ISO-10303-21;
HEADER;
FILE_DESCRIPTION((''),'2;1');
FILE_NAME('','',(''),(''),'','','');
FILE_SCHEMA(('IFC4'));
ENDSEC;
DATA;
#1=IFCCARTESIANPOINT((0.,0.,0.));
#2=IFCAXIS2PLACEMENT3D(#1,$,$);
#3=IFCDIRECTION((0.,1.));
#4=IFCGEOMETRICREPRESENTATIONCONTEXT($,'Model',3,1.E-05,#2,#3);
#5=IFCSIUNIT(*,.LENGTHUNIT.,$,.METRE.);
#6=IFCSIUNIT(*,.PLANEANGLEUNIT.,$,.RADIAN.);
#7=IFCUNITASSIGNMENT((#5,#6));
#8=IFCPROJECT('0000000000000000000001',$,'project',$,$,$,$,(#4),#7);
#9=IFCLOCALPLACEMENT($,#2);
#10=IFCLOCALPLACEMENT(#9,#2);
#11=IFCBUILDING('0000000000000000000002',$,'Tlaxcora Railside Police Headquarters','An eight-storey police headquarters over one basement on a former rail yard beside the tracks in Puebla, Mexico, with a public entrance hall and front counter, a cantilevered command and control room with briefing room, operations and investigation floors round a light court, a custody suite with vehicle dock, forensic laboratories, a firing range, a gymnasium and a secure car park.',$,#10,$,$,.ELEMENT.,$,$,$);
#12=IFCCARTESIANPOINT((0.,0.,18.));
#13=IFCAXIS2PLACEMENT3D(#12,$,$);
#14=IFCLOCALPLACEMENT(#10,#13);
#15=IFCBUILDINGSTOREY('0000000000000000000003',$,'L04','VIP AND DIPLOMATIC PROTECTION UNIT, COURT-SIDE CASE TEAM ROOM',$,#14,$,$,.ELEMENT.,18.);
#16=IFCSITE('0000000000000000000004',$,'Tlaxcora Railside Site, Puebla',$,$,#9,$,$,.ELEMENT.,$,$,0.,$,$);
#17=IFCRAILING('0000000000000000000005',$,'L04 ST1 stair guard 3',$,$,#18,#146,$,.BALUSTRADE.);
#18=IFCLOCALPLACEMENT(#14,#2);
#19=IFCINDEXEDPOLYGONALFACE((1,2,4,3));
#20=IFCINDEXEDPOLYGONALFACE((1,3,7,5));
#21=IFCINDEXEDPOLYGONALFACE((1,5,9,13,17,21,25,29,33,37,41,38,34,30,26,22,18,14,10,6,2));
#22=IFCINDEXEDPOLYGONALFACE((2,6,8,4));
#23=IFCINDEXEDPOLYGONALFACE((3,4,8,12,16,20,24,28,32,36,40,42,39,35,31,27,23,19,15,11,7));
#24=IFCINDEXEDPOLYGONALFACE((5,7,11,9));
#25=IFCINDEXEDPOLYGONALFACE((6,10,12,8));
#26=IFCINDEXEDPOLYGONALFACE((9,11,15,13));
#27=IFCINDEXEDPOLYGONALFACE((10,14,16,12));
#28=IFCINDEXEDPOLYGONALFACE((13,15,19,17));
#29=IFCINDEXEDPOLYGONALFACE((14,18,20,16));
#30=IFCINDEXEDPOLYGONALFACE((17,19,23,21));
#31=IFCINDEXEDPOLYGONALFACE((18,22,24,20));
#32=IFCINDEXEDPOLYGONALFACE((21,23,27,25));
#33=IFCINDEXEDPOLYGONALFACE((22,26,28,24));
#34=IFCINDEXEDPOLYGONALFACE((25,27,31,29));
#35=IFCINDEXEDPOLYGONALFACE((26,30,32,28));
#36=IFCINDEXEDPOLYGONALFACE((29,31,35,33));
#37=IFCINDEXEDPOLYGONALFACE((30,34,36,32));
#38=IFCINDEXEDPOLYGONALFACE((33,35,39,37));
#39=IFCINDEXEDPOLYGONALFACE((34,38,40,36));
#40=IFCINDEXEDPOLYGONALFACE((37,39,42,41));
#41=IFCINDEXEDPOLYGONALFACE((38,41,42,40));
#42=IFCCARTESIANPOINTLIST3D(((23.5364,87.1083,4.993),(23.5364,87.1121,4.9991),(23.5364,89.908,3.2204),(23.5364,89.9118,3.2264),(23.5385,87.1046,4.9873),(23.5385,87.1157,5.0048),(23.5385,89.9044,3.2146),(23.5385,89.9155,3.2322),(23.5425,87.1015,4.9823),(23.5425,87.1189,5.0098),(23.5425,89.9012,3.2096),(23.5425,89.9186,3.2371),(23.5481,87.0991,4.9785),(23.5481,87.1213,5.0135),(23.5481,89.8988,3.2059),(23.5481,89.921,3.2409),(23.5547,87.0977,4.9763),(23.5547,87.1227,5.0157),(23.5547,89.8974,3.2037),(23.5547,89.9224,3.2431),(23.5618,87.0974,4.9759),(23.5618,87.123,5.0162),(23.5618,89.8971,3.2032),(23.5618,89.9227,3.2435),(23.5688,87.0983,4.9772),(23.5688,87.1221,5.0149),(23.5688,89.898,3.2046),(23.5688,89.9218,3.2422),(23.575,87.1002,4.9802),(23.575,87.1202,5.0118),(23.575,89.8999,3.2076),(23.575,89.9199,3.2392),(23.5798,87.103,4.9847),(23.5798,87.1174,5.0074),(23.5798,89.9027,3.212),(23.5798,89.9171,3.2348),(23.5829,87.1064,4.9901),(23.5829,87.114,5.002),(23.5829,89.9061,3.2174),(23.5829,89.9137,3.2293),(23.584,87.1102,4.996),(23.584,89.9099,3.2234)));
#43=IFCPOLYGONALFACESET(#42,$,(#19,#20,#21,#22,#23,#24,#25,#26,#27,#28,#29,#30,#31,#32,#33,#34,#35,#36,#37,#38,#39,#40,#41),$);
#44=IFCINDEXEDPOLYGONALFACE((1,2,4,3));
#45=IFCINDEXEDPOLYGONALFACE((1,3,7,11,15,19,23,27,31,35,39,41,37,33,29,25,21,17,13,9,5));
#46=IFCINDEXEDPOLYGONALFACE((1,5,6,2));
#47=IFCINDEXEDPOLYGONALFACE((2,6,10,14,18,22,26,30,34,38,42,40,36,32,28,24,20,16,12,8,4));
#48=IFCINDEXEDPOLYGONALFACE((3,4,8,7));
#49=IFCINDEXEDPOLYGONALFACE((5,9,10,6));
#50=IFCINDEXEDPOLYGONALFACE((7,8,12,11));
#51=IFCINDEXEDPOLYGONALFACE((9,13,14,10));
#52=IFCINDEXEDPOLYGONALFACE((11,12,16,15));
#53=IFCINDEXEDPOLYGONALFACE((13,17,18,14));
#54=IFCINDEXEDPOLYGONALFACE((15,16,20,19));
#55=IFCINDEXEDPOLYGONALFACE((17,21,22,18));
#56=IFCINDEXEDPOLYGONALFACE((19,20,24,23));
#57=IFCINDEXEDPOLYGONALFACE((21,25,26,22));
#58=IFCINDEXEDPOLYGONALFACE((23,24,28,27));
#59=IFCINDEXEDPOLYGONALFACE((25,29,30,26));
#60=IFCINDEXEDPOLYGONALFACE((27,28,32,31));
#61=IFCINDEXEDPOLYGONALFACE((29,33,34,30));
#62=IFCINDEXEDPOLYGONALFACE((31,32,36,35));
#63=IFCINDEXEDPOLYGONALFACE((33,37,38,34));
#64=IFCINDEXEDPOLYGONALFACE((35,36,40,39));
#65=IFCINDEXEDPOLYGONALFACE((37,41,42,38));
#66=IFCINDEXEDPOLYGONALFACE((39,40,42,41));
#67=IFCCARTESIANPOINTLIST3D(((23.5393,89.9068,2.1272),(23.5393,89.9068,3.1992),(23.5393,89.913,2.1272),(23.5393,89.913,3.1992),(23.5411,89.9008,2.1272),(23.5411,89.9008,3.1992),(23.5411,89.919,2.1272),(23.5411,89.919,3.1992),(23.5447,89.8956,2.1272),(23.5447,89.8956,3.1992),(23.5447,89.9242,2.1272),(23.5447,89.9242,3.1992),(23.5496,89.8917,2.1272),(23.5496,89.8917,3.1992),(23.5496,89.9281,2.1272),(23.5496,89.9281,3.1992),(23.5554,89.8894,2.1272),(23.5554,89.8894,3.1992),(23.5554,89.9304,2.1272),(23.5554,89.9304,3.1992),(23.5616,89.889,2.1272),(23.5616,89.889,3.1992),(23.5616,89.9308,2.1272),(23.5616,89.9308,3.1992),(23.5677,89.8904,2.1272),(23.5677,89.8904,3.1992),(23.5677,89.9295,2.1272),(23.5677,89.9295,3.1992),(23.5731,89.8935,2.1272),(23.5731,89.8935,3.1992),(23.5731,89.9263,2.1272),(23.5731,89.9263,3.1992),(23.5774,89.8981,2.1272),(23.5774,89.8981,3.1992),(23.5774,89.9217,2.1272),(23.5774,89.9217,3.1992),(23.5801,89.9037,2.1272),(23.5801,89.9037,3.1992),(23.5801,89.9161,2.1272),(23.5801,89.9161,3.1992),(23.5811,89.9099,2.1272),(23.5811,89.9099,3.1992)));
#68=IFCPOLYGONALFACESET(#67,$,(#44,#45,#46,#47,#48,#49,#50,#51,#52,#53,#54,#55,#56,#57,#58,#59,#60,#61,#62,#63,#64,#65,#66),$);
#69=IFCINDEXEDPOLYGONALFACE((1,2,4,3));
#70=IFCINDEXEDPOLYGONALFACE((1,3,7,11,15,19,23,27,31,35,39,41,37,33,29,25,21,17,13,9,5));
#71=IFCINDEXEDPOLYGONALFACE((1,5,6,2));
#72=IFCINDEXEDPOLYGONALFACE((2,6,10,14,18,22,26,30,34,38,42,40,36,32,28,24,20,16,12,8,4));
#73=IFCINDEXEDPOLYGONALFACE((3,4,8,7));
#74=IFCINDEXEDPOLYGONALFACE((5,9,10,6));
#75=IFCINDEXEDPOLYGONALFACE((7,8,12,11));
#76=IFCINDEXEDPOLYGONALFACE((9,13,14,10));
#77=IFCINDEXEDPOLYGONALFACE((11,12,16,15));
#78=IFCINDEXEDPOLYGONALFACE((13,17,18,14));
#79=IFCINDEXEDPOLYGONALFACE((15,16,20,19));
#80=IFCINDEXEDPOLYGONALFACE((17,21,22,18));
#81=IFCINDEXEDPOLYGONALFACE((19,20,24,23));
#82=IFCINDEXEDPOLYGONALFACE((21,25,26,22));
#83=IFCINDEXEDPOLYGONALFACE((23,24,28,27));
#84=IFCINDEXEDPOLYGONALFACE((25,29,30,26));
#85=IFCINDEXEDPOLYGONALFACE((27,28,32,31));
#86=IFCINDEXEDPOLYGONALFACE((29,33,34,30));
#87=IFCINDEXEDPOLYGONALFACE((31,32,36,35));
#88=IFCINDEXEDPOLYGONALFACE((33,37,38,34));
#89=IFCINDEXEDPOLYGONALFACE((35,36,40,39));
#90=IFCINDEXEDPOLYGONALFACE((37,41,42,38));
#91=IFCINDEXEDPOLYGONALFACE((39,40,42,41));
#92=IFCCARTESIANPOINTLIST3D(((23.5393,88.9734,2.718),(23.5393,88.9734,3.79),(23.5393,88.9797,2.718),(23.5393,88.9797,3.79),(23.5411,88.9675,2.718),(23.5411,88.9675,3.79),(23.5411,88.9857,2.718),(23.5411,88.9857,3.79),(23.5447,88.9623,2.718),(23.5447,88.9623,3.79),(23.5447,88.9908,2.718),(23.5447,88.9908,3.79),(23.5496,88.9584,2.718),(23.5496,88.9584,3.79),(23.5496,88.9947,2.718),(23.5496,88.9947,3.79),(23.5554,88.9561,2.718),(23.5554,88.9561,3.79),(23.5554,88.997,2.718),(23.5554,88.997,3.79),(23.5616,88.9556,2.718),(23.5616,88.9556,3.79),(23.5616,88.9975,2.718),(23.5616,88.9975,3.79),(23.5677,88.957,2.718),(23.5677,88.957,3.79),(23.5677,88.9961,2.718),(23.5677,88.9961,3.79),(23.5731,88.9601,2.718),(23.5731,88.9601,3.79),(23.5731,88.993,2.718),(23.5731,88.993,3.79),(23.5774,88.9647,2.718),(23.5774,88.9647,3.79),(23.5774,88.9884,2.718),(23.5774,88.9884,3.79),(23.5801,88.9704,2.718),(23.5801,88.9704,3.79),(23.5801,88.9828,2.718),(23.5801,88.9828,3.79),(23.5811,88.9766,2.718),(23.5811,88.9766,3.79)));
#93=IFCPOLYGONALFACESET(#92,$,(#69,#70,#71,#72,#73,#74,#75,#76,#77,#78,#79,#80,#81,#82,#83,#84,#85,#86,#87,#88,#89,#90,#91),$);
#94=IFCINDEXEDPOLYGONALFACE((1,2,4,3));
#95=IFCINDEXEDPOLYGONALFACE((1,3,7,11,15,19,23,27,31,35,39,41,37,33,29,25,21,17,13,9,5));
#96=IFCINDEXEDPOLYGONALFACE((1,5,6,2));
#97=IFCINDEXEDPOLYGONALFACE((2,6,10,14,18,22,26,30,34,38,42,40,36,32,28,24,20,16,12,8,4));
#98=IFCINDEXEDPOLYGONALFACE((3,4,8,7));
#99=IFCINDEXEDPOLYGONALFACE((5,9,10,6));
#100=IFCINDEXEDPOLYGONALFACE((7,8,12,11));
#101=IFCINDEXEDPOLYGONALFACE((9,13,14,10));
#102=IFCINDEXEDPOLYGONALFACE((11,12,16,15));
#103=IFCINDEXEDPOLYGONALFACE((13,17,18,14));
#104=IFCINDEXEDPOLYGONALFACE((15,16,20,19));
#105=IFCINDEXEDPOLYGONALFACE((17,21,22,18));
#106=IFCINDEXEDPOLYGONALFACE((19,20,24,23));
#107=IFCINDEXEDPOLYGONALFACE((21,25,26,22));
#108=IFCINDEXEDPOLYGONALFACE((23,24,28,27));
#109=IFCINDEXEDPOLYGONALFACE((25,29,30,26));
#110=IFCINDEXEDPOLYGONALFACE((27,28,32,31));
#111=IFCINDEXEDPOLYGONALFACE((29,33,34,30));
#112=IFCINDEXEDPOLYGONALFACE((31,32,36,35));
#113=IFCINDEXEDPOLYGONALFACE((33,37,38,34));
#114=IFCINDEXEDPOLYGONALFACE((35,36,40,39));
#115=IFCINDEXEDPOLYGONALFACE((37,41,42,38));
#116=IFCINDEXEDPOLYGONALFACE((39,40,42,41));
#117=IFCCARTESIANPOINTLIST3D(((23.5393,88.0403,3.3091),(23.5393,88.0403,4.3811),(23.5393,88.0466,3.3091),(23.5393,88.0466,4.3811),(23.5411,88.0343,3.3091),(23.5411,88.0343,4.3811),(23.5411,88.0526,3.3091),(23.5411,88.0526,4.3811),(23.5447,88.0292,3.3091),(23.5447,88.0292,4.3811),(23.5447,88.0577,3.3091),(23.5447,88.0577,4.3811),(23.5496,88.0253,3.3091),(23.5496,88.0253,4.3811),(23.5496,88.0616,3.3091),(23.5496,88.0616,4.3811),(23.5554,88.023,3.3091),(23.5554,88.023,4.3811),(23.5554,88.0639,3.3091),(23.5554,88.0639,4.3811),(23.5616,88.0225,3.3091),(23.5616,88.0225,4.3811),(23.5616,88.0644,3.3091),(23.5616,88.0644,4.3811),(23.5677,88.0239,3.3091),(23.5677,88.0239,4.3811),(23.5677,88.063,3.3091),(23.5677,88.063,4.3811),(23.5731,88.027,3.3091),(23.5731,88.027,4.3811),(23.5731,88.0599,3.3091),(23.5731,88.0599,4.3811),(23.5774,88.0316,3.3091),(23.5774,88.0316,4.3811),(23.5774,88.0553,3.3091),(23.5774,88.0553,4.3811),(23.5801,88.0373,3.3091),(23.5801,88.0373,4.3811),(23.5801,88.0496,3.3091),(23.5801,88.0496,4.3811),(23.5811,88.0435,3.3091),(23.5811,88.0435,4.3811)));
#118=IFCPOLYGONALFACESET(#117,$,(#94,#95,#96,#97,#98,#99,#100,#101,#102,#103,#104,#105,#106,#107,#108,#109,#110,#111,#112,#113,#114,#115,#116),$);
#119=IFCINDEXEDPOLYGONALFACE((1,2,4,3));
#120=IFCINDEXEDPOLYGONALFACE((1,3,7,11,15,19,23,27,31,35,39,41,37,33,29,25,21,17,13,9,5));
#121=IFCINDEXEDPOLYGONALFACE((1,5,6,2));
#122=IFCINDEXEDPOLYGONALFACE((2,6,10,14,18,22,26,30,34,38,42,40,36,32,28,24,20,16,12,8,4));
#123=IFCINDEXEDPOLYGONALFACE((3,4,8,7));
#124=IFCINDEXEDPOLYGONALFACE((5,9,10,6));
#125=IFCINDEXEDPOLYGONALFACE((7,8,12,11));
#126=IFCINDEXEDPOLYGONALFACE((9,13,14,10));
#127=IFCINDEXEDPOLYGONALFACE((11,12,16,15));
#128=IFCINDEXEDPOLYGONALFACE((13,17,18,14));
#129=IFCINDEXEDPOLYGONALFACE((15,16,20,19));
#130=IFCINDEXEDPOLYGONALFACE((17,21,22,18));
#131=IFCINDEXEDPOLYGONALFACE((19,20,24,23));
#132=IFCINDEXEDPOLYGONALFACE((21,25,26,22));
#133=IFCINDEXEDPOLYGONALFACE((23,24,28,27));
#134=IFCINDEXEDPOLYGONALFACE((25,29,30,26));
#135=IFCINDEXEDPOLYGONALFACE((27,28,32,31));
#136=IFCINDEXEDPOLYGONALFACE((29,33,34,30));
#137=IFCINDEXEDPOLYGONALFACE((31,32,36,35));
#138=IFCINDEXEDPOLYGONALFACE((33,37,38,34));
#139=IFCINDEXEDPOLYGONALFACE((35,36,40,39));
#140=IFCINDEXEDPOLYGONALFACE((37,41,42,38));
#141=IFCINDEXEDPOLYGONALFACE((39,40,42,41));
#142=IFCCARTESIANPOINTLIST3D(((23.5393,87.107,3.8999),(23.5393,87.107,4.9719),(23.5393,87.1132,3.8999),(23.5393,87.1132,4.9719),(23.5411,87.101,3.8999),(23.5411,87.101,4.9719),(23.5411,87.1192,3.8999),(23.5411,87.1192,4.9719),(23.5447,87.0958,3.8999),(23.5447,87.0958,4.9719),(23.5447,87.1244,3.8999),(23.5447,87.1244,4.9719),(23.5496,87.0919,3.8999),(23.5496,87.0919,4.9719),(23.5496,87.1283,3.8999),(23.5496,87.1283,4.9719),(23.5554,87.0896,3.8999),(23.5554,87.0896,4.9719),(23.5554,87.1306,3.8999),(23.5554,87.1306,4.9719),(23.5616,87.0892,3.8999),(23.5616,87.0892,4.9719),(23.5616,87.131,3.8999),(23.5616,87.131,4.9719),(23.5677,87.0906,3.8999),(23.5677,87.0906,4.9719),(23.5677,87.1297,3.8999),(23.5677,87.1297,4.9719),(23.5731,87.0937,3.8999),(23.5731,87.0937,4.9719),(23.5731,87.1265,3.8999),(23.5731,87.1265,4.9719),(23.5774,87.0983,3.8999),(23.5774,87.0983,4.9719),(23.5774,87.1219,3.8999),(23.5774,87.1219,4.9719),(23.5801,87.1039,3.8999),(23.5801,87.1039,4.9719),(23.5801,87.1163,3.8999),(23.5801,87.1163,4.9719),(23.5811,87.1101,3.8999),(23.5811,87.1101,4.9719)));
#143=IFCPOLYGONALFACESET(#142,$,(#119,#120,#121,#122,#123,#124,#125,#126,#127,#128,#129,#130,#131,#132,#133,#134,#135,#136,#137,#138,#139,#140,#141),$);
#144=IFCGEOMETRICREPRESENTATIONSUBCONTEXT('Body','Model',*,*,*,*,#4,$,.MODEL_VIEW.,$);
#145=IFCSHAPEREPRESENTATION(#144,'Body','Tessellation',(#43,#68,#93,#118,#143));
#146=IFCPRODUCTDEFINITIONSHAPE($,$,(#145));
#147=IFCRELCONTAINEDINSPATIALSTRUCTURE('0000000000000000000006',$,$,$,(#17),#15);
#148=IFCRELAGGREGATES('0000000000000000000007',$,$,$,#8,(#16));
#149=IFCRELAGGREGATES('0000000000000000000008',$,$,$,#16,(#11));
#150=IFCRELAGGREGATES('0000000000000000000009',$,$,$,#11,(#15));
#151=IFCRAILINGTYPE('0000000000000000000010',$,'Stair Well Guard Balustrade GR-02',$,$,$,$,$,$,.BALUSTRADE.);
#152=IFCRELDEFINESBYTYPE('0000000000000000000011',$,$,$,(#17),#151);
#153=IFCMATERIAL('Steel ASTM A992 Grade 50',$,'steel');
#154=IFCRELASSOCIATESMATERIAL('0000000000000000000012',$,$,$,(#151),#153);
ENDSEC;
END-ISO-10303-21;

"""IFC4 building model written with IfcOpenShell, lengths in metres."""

from ifc_helpers import new_model, si_unit, direction, frame, origin, origin_2d, place, context, subcontext, project, spatial, circle, extrude, material, type_object, element, save


model = new_model("IFC4")

# Units and contexts
model_context = context("Model", 3, precision=1e-05, world=origin(), true_north=direction((0.0, 1.0)))
body_context = subcontext(model_context, "Body", "Model", "MODEL_VIEW")
ifc_project = project(units=[si_unit("LENGTHUNIT", "METRE"), si_unit("PLANEANGLEUNIT", "RADIAN")], contexts=[model_context])

# Site, building, storey
site_placement = place(None, origin())
site = spatial("IfcSite", under=ifc_project, at=site_placement, Name="Tlaxcora Railside Site, Puebla", CompositionType="ELEMENT", RefElevation=0.0)
building_placement = place(site_placement, origin())
building = spatial("IfcBuilding", under=site, at=building_placement, Name="Tlaxcora Railside Police Headquarters", Description="An eight-storey police headquarters over one basement on a former rail yard beside the tracks in Puebla, Mexico, with a public entrance hall and front counter, a cantilevered command and control room with briefing room, operations and investigation floors round a light court, a custody suite with vehicle dock, forensic laboratories, a firing range, a gymnasium and a secure car park.", CompositionType="ELEMENT")
storey_placement = place(building_placement, frame((0.0, 0.0, 18.0)))
storey = spatial("IfcBuildingStorey", under=building, at=storey_placement, Name="L04", Description="VIP AND DIPLOMATIC PROTECTION UNIT, COURT-SIDE CASE TEAM ROOM", CompositionType="ELEMENT", Elevation=18.0)

# Railing
ifc_material_1 = material(Name="Steel ASTM A992 Grade 50", Category="steel")
railing_type = type_object("IfcRailingType", Name="Stair Well Guard Balustrade GR-02", PredefinedType="BALUSTRADE", material=ifc_material_1)
railing_1_placement = place(storey_placement, frame((23.5601, 89.9099, 2.1272)))
element("IfcRailing", 1, at=railing_1_placement, inside=storey, type_object=railing_type, Name="L04 ST1 stair guard 3", PredefinedType="BALUSTRADE", context=body_context, shape_type="SweptSolid", body=[
    extrude(circle(Radius=0.0239, at=origin_2d()), frame((0.0, 0.0, 1.0962), z_axis=(0.0, -0.844888, 0.534943), x_axis=(1.0, 0.0, 0.0)), (0.0, 0.0, 1.0), 3.3137),
    extrude(circle(Radius=0.021, at=origin_2d()), origin(), (0.0, 0.0, 1.0), 1.072),
    extrude(circle(Radius=0.021, at=origin_2d()), frame((0.0, -0.9333, 0.5908)), (0.0, 0.0, 1.0), 1.072),
    extrude(circle(Radius=0.021, at=origin_2d()), frame((0.0, -1.8665, 1.1819)), (0.0, 0.0, 1.0), 1.072),
    extrude(circle(Radius=0.021, at=origin_2d()), frame((0.0, -2.7998, 1.7727)), (0.0, 0.0, 1.0), 1.072),
])

save(model, "model.ifc")
